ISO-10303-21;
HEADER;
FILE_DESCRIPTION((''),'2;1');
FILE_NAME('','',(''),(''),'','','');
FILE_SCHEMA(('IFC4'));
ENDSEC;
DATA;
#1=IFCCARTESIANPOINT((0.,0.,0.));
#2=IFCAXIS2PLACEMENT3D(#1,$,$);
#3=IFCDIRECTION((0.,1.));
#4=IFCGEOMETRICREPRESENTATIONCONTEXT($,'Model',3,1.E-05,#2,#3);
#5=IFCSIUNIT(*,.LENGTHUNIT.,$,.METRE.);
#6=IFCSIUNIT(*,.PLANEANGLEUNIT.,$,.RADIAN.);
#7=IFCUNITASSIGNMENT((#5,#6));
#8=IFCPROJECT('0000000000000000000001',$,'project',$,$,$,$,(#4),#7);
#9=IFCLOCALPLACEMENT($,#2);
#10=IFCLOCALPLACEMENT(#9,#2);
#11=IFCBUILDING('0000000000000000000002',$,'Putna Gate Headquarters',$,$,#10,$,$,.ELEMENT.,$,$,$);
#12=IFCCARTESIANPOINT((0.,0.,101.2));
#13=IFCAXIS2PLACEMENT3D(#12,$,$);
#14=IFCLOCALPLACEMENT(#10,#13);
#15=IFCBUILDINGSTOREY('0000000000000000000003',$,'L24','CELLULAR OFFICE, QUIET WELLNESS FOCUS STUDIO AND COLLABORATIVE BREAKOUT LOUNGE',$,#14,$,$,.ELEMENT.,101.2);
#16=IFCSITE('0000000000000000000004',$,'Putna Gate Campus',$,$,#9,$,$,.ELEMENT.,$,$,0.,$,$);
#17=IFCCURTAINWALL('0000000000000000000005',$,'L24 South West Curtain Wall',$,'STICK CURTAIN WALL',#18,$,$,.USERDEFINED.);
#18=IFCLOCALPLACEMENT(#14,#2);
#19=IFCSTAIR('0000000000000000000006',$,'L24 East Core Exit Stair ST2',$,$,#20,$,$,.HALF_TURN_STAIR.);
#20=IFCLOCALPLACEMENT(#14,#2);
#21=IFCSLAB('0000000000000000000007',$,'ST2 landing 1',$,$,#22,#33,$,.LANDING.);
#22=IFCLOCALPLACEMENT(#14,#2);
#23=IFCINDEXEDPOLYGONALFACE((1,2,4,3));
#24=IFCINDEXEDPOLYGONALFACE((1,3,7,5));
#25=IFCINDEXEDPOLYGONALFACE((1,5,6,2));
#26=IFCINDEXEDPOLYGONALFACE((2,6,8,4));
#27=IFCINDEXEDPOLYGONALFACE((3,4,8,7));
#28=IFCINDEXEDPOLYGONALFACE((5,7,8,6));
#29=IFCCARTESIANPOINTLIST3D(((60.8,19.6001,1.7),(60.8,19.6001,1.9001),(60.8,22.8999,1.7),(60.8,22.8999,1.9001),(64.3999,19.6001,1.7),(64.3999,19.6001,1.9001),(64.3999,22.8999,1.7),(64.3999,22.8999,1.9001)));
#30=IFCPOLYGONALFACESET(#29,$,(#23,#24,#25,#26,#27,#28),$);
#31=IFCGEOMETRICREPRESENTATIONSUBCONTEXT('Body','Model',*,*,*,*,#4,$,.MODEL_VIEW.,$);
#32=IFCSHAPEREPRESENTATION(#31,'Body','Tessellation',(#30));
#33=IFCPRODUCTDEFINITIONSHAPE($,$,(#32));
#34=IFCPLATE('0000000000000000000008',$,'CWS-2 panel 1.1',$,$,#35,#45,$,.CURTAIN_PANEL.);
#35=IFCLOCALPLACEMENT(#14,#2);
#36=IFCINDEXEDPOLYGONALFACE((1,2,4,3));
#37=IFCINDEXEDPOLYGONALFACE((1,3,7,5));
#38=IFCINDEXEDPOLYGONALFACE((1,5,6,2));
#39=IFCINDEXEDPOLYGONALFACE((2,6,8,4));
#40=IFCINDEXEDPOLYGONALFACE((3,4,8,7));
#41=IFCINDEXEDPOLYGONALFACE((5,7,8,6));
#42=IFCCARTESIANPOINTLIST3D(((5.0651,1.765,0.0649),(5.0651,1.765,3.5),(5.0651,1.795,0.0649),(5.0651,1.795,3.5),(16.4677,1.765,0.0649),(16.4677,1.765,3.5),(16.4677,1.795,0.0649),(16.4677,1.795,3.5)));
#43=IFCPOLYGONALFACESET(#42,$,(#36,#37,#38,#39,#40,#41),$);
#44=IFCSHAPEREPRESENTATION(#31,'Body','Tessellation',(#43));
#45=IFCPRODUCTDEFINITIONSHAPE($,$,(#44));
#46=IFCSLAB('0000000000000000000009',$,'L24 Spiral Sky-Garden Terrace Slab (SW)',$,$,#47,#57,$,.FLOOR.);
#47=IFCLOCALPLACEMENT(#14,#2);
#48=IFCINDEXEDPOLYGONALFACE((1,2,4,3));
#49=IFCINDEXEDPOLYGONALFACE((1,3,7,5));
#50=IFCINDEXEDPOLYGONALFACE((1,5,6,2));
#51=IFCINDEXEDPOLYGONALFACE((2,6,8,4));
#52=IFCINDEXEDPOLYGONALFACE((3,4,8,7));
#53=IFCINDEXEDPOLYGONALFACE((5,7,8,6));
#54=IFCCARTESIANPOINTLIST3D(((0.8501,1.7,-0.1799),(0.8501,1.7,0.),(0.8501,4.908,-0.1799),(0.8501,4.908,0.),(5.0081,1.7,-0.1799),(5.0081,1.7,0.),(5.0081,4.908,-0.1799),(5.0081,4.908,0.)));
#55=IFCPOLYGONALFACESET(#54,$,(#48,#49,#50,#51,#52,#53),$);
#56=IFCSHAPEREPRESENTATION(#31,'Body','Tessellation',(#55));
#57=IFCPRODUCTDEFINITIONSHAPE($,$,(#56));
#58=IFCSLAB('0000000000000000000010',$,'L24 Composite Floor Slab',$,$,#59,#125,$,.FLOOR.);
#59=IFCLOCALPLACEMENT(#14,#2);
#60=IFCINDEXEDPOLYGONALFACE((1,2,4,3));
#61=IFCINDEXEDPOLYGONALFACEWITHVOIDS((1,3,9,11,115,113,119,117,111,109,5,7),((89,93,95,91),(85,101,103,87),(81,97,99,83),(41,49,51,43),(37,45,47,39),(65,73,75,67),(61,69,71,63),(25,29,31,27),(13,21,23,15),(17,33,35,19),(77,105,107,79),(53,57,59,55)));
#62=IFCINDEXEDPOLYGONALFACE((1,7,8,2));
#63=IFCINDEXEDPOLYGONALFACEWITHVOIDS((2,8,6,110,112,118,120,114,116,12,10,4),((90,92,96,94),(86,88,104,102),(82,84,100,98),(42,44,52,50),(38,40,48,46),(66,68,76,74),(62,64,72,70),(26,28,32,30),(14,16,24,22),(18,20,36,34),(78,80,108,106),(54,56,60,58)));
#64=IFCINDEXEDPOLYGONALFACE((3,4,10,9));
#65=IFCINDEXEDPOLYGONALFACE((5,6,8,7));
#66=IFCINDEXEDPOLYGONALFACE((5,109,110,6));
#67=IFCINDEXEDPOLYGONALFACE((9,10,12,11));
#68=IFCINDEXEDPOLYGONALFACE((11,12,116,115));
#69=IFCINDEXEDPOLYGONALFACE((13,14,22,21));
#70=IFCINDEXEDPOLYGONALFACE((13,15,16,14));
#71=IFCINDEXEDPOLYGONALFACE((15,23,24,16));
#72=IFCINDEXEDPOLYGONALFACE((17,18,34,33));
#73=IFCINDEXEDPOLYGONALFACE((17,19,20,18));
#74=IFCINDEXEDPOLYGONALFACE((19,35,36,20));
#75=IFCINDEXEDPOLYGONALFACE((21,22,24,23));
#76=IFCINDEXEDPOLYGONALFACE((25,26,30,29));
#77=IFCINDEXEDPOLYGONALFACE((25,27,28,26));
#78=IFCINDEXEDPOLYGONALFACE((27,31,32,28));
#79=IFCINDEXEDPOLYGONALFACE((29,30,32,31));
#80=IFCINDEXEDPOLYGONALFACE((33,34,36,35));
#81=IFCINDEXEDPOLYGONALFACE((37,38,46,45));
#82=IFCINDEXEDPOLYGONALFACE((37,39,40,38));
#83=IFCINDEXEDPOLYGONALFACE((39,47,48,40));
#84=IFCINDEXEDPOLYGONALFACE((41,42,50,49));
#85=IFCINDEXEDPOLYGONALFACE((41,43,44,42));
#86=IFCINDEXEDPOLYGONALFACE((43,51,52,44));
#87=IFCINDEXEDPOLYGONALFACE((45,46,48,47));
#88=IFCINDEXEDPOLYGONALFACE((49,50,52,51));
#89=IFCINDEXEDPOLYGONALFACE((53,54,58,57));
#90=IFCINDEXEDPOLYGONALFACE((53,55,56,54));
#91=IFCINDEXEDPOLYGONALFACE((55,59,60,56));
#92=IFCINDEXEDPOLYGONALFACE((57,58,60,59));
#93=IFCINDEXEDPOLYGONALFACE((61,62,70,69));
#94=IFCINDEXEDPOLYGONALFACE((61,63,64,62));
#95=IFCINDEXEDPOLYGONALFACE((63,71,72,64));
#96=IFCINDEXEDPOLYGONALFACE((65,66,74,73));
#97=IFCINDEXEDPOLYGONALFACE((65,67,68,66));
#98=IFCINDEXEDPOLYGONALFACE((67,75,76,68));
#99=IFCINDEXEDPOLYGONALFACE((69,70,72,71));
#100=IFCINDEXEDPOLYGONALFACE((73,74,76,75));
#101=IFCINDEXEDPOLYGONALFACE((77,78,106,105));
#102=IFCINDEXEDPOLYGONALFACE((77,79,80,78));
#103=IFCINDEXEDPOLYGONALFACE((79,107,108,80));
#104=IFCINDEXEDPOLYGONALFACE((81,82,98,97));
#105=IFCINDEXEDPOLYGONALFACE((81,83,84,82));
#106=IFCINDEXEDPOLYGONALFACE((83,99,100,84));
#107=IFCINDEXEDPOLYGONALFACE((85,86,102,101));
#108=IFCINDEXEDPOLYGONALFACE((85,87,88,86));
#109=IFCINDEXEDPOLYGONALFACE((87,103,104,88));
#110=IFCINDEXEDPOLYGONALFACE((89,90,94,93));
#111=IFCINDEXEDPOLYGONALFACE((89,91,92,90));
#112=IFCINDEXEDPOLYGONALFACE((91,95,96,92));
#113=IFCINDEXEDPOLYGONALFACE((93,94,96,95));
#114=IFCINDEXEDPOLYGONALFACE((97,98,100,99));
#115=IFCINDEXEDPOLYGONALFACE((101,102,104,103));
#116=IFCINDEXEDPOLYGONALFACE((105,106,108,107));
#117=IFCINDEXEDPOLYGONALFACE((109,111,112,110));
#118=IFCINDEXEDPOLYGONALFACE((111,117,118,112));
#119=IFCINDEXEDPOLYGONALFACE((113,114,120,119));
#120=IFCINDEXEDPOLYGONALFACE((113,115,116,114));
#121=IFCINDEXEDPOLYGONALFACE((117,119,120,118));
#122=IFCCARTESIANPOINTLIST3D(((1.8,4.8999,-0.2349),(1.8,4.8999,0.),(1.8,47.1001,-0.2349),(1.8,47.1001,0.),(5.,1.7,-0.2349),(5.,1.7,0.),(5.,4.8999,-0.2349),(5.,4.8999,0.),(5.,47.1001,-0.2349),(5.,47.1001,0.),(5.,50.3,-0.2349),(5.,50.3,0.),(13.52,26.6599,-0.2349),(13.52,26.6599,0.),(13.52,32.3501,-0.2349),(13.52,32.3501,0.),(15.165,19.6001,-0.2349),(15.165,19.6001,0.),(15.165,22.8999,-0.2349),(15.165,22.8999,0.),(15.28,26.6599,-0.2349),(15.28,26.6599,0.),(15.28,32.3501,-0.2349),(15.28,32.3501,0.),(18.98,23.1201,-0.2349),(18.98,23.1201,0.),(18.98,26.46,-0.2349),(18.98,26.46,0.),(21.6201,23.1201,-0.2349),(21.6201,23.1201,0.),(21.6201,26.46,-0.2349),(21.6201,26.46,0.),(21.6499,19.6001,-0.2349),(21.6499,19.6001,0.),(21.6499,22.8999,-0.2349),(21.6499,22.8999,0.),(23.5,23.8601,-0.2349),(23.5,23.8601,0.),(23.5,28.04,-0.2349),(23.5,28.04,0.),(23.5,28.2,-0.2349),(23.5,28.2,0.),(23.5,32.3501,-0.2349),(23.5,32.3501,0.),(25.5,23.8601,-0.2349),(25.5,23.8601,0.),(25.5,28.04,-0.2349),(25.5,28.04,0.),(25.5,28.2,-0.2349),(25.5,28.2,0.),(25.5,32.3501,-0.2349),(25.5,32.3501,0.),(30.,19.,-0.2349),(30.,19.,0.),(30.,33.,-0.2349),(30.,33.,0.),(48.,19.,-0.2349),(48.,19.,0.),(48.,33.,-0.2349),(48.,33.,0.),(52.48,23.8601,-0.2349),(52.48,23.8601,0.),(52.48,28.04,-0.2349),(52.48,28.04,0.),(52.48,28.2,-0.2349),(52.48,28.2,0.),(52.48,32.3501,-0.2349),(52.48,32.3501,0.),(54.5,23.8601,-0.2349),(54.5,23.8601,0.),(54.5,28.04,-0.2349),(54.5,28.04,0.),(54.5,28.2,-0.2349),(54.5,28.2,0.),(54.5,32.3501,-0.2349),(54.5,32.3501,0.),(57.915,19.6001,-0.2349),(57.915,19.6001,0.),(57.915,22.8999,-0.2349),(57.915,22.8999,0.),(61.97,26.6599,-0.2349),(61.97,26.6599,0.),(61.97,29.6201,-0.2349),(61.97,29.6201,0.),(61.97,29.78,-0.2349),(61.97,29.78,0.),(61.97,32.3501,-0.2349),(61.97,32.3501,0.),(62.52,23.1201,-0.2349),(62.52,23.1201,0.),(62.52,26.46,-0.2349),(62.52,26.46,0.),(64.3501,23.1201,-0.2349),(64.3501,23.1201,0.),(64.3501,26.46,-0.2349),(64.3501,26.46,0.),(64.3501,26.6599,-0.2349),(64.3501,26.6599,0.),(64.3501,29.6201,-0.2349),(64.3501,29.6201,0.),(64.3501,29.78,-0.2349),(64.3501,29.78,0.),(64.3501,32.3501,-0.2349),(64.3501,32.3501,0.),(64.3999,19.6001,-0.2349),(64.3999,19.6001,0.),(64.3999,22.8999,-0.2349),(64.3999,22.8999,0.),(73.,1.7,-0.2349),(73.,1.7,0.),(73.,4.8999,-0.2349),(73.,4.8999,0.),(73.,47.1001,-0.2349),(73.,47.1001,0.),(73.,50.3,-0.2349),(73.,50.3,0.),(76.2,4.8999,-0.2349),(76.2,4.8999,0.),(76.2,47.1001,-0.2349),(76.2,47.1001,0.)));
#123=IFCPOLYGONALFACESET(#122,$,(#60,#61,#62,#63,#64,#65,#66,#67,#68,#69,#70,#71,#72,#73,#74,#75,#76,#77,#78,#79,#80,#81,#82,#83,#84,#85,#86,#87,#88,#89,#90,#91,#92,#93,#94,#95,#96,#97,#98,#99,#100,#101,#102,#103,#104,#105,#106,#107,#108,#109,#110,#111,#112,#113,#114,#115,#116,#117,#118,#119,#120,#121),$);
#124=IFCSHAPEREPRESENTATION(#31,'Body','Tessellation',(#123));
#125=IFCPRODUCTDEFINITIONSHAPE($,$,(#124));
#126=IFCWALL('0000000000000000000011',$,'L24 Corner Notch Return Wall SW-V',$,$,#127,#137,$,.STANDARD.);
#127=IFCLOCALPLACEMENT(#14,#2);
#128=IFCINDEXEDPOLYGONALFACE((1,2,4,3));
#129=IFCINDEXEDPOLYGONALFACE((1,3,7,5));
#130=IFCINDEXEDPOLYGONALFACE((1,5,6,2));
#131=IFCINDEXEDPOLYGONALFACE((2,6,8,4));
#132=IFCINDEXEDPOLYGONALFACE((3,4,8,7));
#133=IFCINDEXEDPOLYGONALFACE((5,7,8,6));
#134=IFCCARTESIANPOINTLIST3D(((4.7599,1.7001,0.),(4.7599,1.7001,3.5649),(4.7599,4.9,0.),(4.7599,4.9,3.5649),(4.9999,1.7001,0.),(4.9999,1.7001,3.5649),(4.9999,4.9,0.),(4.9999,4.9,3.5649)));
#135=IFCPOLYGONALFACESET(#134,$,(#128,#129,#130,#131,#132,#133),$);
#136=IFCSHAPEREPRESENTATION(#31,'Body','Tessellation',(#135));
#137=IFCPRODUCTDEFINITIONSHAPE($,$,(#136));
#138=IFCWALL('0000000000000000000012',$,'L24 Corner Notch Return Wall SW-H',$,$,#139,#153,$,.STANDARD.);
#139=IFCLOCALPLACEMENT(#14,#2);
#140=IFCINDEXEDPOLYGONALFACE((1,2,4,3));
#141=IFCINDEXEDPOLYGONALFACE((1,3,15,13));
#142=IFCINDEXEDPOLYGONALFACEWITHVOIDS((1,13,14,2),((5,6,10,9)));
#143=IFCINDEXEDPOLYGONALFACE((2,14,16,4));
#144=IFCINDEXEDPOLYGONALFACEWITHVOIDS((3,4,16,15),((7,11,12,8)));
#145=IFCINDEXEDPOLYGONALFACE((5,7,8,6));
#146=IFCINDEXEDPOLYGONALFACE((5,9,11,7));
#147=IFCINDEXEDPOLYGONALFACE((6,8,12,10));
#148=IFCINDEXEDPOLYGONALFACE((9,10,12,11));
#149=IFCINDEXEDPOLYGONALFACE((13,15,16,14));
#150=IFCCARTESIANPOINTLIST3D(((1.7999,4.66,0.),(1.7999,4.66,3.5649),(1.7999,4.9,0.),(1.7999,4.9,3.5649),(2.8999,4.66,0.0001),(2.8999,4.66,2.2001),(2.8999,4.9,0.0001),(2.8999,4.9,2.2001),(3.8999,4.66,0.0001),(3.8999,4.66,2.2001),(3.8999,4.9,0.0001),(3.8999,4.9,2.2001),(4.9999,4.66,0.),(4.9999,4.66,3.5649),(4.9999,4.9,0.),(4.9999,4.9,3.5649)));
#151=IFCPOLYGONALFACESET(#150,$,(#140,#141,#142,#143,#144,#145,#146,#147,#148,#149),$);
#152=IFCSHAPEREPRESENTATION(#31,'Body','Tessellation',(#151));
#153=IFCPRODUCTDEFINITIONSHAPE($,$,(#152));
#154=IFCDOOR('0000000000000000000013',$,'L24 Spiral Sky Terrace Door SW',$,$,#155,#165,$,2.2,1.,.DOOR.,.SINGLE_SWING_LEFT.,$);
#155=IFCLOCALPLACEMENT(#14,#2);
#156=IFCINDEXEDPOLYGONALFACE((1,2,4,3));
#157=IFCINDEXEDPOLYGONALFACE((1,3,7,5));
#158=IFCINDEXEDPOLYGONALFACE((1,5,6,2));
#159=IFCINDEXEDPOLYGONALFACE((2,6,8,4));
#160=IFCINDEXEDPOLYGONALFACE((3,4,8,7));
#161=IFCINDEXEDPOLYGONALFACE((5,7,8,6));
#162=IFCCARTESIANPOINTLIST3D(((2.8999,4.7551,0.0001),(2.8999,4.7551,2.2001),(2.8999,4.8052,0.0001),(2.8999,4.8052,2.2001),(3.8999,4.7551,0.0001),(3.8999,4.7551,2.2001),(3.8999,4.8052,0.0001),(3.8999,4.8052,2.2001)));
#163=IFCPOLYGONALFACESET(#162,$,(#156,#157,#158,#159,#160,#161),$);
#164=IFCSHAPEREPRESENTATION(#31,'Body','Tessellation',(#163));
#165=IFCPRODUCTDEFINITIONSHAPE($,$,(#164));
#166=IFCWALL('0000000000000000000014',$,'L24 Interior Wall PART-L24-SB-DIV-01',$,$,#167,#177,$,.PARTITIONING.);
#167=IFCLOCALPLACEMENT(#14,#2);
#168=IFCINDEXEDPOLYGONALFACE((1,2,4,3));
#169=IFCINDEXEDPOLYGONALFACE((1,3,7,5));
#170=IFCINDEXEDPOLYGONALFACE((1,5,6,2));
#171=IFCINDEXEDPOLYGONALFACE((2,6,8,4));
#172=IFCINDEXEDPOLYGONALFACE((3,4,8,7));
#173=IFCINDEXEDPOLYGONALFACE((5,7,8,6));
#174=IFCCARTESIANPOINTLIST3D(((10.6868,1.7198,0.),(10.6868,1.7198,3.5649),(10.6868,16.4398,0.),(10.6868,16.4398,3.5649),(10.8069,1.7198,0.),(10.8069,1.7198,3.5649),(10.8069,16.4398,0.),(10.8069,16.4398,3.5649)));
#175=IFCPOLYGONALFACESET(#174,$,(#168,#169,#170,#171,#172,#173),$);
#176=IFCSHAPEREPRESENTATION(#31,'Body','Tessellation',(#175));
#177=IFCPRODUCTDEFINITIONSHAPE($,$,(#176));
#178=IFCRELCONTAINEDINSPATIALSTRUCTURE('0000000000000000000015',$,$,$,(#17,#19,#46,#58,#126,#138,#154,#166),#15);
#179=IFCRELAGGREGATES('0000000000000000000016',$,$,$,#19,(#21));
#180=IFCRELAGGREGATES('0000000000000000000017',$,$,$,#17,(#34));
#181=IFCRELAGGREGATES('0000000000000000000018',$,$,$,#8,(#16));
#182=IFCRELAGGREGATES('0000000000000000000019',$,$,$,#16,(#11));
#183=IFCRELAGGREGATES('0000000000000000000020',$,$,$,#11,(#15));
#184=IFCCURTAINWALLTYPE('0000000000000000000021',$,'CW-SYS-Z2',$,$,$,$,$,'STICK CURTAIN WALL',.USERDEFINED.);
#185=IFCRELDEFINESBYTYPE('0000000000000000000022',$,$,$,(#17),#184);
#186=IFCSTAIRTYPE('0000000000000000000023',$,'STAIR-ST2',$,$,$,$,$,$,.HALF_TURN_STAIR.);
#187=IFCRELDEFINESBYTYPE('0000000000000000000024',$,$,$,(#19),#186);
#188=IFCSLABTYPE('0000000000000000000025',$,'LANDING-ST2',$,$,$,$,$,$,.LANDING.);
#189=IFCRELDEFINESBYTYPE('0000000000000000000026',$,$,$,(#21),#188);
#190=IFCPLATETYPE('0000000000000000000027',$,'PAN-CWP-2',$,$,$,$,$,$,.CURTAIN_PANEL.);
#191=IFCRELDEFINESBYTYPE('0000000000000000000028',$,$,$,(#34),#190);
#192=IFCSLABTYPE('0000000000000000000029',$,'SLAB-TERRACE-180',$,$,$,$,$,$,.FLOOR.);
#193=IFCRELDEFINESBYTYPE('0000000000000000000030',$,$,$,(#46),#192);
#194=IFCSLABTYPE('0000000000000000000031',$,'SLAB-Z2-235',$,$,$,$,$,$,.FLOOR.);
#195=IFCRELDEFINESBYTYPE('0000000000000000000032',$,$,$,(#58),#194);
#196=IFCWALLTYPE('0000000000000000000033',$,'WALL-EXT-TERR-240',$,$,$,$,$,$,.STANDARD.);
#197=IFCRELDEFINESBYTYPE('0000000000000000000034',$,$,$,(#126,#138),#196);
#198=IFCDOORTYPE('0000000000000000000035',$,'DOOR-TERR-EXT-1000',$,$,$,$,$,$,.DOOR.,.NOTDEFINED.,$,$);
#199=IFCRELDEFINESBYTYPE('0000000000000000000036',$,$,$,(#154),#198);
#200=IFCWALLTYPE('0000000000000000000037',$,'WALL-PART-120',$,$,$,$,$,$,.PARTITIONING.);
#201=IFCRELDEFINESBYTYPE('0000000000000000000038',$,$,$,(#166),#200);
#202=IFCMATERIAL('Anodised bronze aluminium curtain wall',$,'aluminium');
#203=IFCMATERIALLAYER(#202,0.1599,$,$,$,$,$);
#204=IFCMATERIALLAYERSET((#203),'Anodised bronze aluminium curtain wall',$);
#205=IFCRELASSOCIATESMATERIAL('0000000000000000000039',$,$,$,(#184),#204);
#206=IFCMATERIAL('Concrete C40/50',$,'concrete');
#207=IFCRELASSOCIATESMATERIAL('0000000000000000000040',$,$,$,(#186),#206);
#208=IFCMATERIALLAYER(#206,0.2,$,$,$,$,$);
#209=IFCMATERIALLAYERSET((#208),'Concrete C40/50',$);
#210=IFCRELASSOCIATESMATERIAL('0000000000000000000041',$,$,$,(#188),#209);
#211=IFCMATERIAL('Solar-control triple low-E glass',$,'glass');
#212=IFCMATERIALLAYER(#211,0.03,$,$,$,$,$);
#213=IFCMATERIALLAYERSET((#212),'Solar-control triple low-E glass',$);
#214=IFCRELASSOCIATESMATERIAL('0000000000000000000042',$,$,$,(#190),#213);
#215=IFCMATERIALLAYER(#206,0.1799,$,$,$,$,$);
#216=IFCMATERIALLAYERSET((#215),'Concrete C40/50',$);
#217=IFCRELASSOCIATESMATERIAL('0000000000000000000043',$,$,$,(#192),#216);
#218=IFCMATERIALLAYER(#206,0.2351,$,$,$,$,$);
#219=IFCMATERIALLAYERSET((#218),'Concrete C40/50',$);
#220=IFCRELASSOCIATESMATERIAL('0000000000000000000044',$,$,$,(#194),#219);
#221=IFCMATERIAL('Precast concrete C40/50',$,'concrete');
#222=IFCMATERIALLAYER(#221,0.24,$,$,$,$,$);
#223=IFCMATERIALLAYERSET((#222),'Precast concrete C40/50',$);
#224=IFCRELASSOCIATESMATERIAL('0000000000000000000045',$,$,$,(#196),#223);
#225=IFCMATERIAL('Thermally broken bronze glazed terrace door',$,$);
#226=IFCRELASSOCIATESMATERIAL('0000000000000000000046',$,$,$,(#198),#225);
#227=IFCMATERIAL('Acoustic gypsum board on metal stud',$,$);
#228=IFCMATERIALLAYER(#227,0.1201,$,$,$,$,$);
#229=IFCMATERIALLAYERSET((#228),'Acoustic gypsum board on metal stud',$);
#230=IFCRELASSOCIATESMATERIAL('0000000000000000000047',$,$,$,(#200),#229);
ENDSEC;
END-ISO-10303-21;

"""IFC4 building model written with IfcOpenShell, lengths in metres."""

from ifc_helpers import new_model, si_unit, direction, frame, frame_2d, origin, origin_2d, place, context, subcontext, project, spatial, polyline, rectangle, outline, extrude, material, layer, layer_set, type_object, element, fill, aggregate, save


model = new_model("IFC4")

# Units and contexts
model_context = context("Model", 3, precision=1e-05, world=origin(), true_north=direction((0.0, 1.0)))
body_context = subcontext(model_context, "Body", "Model", "MODEL_VIEW")
ifc_project = project(units=[si_unit("LENGTHUNIT", "METRE"), si_unit("PLANEANGLEUNIT", "RADIAN")], contexts=[model_context])

# Site, building, storey
site_placement = place(None, origin())
site = spatial("IfcSite", under=ifc_project, at=site_placement, Name="Putna Gate Campus", CompositionType="ELEMENT", RefElevation=0.0)
building_placement = place(site_placement, origin())
building = spatial("IfcBuilding", under=site, at=building_placement, Name="Putna Gate Headquarters", CompositionType="ELEMENT")
storey_placement = place(building_placement, frame((0.0, 0.0, 101.2)))
storey = spatial("IfcBuildingStorey", under=building, at=storey_placement, Name="L24", Description="CELLULAR OFFICE, QUIET WELLNESS FOCUS STUDIO AND COLLABORATIVE BREAKOUT LOUNGE", CompositionType="ELEMENT", Elevation=101.2)

# Curtain wall
ifc_material_1 = material(Name="Anodised bronze aluminium curtain wall", Category="aluminium")
ifc_layer_1 = layer(ifc_material_1, 0.1599)
ifc_layer_set_1 = layer_set([ifc_layer_1], Name="Anodised bronze aluminium curtain wall")
curtain_wall_type = type_object("IfcCurtainWallType", Name="CW-SYS-Z2", ElementType="STICK CURTAIN WALL", PredefinedType="USERDEFINED", material=ifc_layer_set_1)
curtain_wall_1_placement = place(storey_placement, origin())
curtain_wall_1 = element("IfcCurtainWall", 1, at=curtain_wall_1_placement, inside=storey, type_object=curtain_wall_type, Name="L24 South West Curtain Wall", ObjectType="STICK CURTAIN WALL", PredefinedType="USERDEFINED")

# Stair, slab
ifc_material_2 = material(Name="Concrete C40/50", Category="concrete")
stair_type_1 = type_object("IfcStairType", Name="STAIR-ST2", PredefinedType="HALF_TURN_STAIR", material=ifc_material_2)
stair_1_placement = place(storey_placement, origin())
stair_1 = element("IfcStair", 2, at=stair_1_placement, inside=storey, type_object=stair_type_1, Name="L24 East Core Exit Stair ST2", PredefinedType="HALF_TURN_STAIR")
ifc_layer_2 = layer(ifc_material_2, 0.2)
ifc_layer_set_2 = layer_set([ifc_layer_2], Name="Concrete C40/50")
slab_type_1 = type_object("IfcSlabType", Name="LANDING-ST2", PredefinedType="LANDING", material=ifc_layer_set_2)
slab_1_placement = place(storey_placement, frame((0.0, 0.0, 1.7)))
slab_1 = element("IfcSlab", 3, at=slab_1_placement, type_object=slab_type_1, Name="ST2 landing 1", PredefinedType="LANDING", context=body_context, shape_type="SweptSolid", body=[
    extrude(outline(polyline([(60.8, 19.6001), (64.3999, 19.6001), (64.3999, 22.8999), (60.8, 22.8999), (60.8, 19.6001)])), origin(), (0.0, 0.0, 1.0), 0.2002),
])
aggregate(stair_1, [slab_1])

# Plate
ifc_material_3 = material(Name="Solar-control triple low-E glass", Category="glass")
ifc_layer_3 = layer(ifc_material_3, 0.03)
ifc_layer_set_3 = layer_set([ifc_layer_3], Name="Solar-control triple low-E glass")
plate_type = type_object("IfcPlateType", Name="PAN-CWP-2", PredefinedType="CURTAIN_PANEL", material=ifc_layer_set_3)
plate_placement = place(storey_placement, frame((10.7664, 1.78, 0.0649), z_axis=(0.0, 0.0, 1.0), x_axis=(1.0, 0.0, 0.0)))
plate = element("IfcPlate", 4, at=plate_placement, type_object=plate_type, Name="CWS-2 panel 1.1", PredefinedType="CURTAIN_PANEL", context=body_context, shape_type="SweptSolid", body=[
    extrude(rectangle(XDim=11.4026, YDim=0.03, at=origin_2d()), origin(), (0.0, 0.0, 1.0), 3.4351),
])
aggregate(curtain_wall_1, [plate])

# Slabs
ifc_layer_4 = layer(ifc_material_2, 0.1799)
ifc_layer_set_4 = layer_set([ifc_layer_4], Name="Concrete C40/50")
slab_type_2 = type_object("IfcSlabType", Name="SLAB-TERRACE-180", PredefinedType="FLOOR", material=ifc_layer_set_4)
slab_2_placement = place(storey_placement, frame((0.0, 0.0, -0.1799)))
element("IfcSlab", 5, at=slab_2_placement, inside=storey, type_object=slab_type_2, Name="L24 Spiral Sky-Garden Terrace Slab (SW)", PredefinedType="FLOOR", context=body_context, shape_type="SweptSolid", body=[
    extrude(outline(polyline([(0.8501, 1.7), (5.0081, 1.7), (5.0081, 4.908), (0.8501, 4.908), (0.8501, 1.7)])), origin(), (0.0, 0.0, 1.0), 0.1799),
])
ifc_layer_5 = layer(ifc_material_2, 0.2351)
ifc_layer_set_5 = layer_set([ifc_layer_5], Name="Concrete C40/50")
slab_type_3 = type_object("IfcSlabType", Name="SLAB-Z2-235", PredefinedType="FLOOR", material=ifc_layer_set_5)
slab_3_placement = place(storey_placement, frame((0.0, 0.0, -0.2349)))
element("IfcSlab", 6, at=slab_3_placement, inside=storey, type_object=slab_type_3, Name="L24 Composite Floor Slab", PredefinedType="FLOOR", context=body_context, shape_type="SweptSolid", body=[
    extrude(outline(polyline([(5.0, 1.7), (73.0, 1.7), (73.0, 4.8999), (76.2, 4.8999), (76.2, 47.1001), (73.0, 47.1001), (73.0, 50.3), (5.0, 50.3), (5.0, 47.1001), (1.8, 47.1001), (1.8, 4.8999), (5.0, 4.8999), (5.0, 1.7)]), holes=[polyline([(15.165, 19.6001), (21.6499, 19.6001), (21.6499, 22.8999), (15.165, 22.8999), (15.165, 19.6001)]), polyline([(57.915, 19.6001), (64.3999, 19.6001), (64.3999, 22.8999), (57.915, 22.8999), (57.915, 19.6001)]), polyline([(13.52, 26.6599), (15.28, 26.6599), (15.28, 32.3501), (13.52, 32.3501), (13.52, 26.6599)]), polyline([(61.97, 29.78), (64.3501, 29.78), (64.3501, 32.3501), (61.97, 32.3501), (61.97, 29.78)]), polyline([(18.98, 23.1201), (21.6201, 23.1201), (21.6201, 26.46), (18.98, 26.46), (18.98, 23.1201)]), polyline([(62.52, 23.1201), (64.3501, 23.1201), (64.3501, 26.46), (62.52, 26.46), (62.52, 23.1201)]), polyline([(61.97, 26.6599), (64.3501, 26.6599), (64.3501, 29.6201), (61.97, 29.6201), (61.97, 26.6599)]), polyline([(23.5, 23.8601), (25.5, 23.8601), (25.5, 28.04), (23.5, 28.04), (23.5, 23.8601)]), polyline([(52.48, 23.8601), (54.5, 23.8601), (54.5, 28.04), (52.48, 28.04), (52.48, 23.8601)]), polyline([(23.5, 28.2), (25.5, 28.2), (25.5, 32.3501), (23.5, 32.3501), (23.5, 28.2)]), polyline([(52.48, 28.2), (54.5, 28.2), (54.5, 32.3501), (52.48, 32.3501), (52.48, 28.2)]), polyline([(30.0, 19.0), (48.0, 19.0), (48.0, 33.0), (30.0, 33.0), (30.0, 19.0)])]), origin(), (0.0, 0.0, 1.0), 0.2349),
])

# Wall
ifc_material_4 = material(Name="Precast concrete C40/50", Category="concrete")
ifc_layer_6 = layer(ifc_material_4, 0.24)
ifc_layer_set_6 = layer_set([ifc_layer_6], Name="Precast concrete C40/50")
wall_type_1 = type_object("IfcWallType", Name="WALL-EXT-TERR-240", PredefinedType="STANDARD", material=ifc_layer_set_6)
wall_1_placement = place(storey_placement, frame((4.8799, 1.7, 0.0), z_axis=(0.0, 0.0, 1.0), x_axis=(0.0, 1.0, 0.0)))
element("IfcWall", 7, at=wall_1_placement, inside=storey, type_object=wall_type_1, Name="L24 Corner Notch Return Wall SW-V", PredefinedType="STANDARD", context=body_context, shape_type="SweptSolid", body=[
    extrude(rectangle(XDim=3.2, YDim=0.24, at=frame_2d((1.6001, 0.0))), origin(), (0.0, 0.0, 1.0), 3.5649),
])

# Wall, opening, door
wall_2_placement = place(storey_placement, frame((5.0, 4.78, 0.0), z_axis=(0.0, 0.0, 1.0), x_axis=(-1.0, 0.0, 0.0)))
wall_2 = element("IfcWall", 8, at=wall_2_placement, inside=storey, type_object=wall_type_1, Name="L24 Corner Notch Return Wall SW-H", PredefinedType="STANDARD", context=body_context, shape_type="SweptSolid", body=[
    extrude(rectangle(XDim=3.2, YDim=0.24, at=frame_2d((1.6001, 0.0))), origin(), (0.0, 0.0, 1.0), 3.5649),
])
opening_placement = place(wall_2_placement, frame((1.1001, 0.0, 0.0)))
opening = element("IfcOpeningElement", 9, at=opening_placement, cuts=wall_2, PredefinedType="OPENING", context=body_context, shape_type="SweptSolid", body=[
    extrude(rectangle(XDim=1.0, YDim=2.2, at=frame_2d((0.5, 1.1001))), frame((0.0, 0.1299, 0.0), z_axis=(0.0, -1.0, 0.0), x_axis=(1.0, 0.0, 0.0)), (0.0, 0.0, 1.0), 0.26),
])
ifc_material_5 = material(Name="Thermally broken bronze glazed terrace door")
door_type = type_object("IfcDoorType", Name="DOOR-TERR-EXT-1000", OperationType="NOTDEFINED", PredefinedType="DOOR", material=ifc_material_5)
door_placement = place(opening_placement, origin())
door = element("IfcDoor", 10, at=door_placement, inside=storey, type_object=door_type, Name="L24 Spiral Sky Terrace Door SW", OperationType="SINGLE_SWING_LEFT", OverallHeight=2.2, OverallWidth=1.0, PredefinedType="DOOR", context=body_context, shape_type="SweptSolid", body=[
    extrude(rectangle(XDim=1.0, YDim=2.2, at=frame_2d((0.5, 1.1001))), frame((0.0, 0.0249, 0.0), z_axis=(0.0, -1.0, 0.0), x_axis=(1.0, 0.0, 0.0)), (0.0, 0.0, 1.0), 0.05),
])
fill(opening, door)

# Wall
ifc_material_6 = material(Name="Acoustic gypsum board on metal stud")
ifc_layer_7 = layer(ifc_material_6, 0.1201)
ifc_layer_set_7 = layer_set([ifc_layer_7], Name="Acoustic gypsum board on metal stud")
wall_type_2 = type_object("IfcWallType", Name="WALL-PART-120", PredefinedType="PARTITIONING", material=ifc_layer_set_7)
wall_3_placement = place(storey_placement, frame((10.7468, 1.72, 0.0), z_axis=(0.0, 0.0, 1.0), x_axis=(0.0, 1.0, 0.0)))
element("IfcWall", 11, at=wall_3_placement, inside=storey, type_object=wall_type_2, Name="L24 Interior Wall PART-L24-SB-DIV-01", PredefinedType="PARTITIONING", context=body_context, shape_type="SweptSolid", body=[
    extrude(rectangle(XDim=14.72, YDim=0.1201, at=frame_2d((7.3599, 0.0))), origin(), (0.0, 0.0, 1.0), 3.5649),
])

save(model, "model.ifc")
